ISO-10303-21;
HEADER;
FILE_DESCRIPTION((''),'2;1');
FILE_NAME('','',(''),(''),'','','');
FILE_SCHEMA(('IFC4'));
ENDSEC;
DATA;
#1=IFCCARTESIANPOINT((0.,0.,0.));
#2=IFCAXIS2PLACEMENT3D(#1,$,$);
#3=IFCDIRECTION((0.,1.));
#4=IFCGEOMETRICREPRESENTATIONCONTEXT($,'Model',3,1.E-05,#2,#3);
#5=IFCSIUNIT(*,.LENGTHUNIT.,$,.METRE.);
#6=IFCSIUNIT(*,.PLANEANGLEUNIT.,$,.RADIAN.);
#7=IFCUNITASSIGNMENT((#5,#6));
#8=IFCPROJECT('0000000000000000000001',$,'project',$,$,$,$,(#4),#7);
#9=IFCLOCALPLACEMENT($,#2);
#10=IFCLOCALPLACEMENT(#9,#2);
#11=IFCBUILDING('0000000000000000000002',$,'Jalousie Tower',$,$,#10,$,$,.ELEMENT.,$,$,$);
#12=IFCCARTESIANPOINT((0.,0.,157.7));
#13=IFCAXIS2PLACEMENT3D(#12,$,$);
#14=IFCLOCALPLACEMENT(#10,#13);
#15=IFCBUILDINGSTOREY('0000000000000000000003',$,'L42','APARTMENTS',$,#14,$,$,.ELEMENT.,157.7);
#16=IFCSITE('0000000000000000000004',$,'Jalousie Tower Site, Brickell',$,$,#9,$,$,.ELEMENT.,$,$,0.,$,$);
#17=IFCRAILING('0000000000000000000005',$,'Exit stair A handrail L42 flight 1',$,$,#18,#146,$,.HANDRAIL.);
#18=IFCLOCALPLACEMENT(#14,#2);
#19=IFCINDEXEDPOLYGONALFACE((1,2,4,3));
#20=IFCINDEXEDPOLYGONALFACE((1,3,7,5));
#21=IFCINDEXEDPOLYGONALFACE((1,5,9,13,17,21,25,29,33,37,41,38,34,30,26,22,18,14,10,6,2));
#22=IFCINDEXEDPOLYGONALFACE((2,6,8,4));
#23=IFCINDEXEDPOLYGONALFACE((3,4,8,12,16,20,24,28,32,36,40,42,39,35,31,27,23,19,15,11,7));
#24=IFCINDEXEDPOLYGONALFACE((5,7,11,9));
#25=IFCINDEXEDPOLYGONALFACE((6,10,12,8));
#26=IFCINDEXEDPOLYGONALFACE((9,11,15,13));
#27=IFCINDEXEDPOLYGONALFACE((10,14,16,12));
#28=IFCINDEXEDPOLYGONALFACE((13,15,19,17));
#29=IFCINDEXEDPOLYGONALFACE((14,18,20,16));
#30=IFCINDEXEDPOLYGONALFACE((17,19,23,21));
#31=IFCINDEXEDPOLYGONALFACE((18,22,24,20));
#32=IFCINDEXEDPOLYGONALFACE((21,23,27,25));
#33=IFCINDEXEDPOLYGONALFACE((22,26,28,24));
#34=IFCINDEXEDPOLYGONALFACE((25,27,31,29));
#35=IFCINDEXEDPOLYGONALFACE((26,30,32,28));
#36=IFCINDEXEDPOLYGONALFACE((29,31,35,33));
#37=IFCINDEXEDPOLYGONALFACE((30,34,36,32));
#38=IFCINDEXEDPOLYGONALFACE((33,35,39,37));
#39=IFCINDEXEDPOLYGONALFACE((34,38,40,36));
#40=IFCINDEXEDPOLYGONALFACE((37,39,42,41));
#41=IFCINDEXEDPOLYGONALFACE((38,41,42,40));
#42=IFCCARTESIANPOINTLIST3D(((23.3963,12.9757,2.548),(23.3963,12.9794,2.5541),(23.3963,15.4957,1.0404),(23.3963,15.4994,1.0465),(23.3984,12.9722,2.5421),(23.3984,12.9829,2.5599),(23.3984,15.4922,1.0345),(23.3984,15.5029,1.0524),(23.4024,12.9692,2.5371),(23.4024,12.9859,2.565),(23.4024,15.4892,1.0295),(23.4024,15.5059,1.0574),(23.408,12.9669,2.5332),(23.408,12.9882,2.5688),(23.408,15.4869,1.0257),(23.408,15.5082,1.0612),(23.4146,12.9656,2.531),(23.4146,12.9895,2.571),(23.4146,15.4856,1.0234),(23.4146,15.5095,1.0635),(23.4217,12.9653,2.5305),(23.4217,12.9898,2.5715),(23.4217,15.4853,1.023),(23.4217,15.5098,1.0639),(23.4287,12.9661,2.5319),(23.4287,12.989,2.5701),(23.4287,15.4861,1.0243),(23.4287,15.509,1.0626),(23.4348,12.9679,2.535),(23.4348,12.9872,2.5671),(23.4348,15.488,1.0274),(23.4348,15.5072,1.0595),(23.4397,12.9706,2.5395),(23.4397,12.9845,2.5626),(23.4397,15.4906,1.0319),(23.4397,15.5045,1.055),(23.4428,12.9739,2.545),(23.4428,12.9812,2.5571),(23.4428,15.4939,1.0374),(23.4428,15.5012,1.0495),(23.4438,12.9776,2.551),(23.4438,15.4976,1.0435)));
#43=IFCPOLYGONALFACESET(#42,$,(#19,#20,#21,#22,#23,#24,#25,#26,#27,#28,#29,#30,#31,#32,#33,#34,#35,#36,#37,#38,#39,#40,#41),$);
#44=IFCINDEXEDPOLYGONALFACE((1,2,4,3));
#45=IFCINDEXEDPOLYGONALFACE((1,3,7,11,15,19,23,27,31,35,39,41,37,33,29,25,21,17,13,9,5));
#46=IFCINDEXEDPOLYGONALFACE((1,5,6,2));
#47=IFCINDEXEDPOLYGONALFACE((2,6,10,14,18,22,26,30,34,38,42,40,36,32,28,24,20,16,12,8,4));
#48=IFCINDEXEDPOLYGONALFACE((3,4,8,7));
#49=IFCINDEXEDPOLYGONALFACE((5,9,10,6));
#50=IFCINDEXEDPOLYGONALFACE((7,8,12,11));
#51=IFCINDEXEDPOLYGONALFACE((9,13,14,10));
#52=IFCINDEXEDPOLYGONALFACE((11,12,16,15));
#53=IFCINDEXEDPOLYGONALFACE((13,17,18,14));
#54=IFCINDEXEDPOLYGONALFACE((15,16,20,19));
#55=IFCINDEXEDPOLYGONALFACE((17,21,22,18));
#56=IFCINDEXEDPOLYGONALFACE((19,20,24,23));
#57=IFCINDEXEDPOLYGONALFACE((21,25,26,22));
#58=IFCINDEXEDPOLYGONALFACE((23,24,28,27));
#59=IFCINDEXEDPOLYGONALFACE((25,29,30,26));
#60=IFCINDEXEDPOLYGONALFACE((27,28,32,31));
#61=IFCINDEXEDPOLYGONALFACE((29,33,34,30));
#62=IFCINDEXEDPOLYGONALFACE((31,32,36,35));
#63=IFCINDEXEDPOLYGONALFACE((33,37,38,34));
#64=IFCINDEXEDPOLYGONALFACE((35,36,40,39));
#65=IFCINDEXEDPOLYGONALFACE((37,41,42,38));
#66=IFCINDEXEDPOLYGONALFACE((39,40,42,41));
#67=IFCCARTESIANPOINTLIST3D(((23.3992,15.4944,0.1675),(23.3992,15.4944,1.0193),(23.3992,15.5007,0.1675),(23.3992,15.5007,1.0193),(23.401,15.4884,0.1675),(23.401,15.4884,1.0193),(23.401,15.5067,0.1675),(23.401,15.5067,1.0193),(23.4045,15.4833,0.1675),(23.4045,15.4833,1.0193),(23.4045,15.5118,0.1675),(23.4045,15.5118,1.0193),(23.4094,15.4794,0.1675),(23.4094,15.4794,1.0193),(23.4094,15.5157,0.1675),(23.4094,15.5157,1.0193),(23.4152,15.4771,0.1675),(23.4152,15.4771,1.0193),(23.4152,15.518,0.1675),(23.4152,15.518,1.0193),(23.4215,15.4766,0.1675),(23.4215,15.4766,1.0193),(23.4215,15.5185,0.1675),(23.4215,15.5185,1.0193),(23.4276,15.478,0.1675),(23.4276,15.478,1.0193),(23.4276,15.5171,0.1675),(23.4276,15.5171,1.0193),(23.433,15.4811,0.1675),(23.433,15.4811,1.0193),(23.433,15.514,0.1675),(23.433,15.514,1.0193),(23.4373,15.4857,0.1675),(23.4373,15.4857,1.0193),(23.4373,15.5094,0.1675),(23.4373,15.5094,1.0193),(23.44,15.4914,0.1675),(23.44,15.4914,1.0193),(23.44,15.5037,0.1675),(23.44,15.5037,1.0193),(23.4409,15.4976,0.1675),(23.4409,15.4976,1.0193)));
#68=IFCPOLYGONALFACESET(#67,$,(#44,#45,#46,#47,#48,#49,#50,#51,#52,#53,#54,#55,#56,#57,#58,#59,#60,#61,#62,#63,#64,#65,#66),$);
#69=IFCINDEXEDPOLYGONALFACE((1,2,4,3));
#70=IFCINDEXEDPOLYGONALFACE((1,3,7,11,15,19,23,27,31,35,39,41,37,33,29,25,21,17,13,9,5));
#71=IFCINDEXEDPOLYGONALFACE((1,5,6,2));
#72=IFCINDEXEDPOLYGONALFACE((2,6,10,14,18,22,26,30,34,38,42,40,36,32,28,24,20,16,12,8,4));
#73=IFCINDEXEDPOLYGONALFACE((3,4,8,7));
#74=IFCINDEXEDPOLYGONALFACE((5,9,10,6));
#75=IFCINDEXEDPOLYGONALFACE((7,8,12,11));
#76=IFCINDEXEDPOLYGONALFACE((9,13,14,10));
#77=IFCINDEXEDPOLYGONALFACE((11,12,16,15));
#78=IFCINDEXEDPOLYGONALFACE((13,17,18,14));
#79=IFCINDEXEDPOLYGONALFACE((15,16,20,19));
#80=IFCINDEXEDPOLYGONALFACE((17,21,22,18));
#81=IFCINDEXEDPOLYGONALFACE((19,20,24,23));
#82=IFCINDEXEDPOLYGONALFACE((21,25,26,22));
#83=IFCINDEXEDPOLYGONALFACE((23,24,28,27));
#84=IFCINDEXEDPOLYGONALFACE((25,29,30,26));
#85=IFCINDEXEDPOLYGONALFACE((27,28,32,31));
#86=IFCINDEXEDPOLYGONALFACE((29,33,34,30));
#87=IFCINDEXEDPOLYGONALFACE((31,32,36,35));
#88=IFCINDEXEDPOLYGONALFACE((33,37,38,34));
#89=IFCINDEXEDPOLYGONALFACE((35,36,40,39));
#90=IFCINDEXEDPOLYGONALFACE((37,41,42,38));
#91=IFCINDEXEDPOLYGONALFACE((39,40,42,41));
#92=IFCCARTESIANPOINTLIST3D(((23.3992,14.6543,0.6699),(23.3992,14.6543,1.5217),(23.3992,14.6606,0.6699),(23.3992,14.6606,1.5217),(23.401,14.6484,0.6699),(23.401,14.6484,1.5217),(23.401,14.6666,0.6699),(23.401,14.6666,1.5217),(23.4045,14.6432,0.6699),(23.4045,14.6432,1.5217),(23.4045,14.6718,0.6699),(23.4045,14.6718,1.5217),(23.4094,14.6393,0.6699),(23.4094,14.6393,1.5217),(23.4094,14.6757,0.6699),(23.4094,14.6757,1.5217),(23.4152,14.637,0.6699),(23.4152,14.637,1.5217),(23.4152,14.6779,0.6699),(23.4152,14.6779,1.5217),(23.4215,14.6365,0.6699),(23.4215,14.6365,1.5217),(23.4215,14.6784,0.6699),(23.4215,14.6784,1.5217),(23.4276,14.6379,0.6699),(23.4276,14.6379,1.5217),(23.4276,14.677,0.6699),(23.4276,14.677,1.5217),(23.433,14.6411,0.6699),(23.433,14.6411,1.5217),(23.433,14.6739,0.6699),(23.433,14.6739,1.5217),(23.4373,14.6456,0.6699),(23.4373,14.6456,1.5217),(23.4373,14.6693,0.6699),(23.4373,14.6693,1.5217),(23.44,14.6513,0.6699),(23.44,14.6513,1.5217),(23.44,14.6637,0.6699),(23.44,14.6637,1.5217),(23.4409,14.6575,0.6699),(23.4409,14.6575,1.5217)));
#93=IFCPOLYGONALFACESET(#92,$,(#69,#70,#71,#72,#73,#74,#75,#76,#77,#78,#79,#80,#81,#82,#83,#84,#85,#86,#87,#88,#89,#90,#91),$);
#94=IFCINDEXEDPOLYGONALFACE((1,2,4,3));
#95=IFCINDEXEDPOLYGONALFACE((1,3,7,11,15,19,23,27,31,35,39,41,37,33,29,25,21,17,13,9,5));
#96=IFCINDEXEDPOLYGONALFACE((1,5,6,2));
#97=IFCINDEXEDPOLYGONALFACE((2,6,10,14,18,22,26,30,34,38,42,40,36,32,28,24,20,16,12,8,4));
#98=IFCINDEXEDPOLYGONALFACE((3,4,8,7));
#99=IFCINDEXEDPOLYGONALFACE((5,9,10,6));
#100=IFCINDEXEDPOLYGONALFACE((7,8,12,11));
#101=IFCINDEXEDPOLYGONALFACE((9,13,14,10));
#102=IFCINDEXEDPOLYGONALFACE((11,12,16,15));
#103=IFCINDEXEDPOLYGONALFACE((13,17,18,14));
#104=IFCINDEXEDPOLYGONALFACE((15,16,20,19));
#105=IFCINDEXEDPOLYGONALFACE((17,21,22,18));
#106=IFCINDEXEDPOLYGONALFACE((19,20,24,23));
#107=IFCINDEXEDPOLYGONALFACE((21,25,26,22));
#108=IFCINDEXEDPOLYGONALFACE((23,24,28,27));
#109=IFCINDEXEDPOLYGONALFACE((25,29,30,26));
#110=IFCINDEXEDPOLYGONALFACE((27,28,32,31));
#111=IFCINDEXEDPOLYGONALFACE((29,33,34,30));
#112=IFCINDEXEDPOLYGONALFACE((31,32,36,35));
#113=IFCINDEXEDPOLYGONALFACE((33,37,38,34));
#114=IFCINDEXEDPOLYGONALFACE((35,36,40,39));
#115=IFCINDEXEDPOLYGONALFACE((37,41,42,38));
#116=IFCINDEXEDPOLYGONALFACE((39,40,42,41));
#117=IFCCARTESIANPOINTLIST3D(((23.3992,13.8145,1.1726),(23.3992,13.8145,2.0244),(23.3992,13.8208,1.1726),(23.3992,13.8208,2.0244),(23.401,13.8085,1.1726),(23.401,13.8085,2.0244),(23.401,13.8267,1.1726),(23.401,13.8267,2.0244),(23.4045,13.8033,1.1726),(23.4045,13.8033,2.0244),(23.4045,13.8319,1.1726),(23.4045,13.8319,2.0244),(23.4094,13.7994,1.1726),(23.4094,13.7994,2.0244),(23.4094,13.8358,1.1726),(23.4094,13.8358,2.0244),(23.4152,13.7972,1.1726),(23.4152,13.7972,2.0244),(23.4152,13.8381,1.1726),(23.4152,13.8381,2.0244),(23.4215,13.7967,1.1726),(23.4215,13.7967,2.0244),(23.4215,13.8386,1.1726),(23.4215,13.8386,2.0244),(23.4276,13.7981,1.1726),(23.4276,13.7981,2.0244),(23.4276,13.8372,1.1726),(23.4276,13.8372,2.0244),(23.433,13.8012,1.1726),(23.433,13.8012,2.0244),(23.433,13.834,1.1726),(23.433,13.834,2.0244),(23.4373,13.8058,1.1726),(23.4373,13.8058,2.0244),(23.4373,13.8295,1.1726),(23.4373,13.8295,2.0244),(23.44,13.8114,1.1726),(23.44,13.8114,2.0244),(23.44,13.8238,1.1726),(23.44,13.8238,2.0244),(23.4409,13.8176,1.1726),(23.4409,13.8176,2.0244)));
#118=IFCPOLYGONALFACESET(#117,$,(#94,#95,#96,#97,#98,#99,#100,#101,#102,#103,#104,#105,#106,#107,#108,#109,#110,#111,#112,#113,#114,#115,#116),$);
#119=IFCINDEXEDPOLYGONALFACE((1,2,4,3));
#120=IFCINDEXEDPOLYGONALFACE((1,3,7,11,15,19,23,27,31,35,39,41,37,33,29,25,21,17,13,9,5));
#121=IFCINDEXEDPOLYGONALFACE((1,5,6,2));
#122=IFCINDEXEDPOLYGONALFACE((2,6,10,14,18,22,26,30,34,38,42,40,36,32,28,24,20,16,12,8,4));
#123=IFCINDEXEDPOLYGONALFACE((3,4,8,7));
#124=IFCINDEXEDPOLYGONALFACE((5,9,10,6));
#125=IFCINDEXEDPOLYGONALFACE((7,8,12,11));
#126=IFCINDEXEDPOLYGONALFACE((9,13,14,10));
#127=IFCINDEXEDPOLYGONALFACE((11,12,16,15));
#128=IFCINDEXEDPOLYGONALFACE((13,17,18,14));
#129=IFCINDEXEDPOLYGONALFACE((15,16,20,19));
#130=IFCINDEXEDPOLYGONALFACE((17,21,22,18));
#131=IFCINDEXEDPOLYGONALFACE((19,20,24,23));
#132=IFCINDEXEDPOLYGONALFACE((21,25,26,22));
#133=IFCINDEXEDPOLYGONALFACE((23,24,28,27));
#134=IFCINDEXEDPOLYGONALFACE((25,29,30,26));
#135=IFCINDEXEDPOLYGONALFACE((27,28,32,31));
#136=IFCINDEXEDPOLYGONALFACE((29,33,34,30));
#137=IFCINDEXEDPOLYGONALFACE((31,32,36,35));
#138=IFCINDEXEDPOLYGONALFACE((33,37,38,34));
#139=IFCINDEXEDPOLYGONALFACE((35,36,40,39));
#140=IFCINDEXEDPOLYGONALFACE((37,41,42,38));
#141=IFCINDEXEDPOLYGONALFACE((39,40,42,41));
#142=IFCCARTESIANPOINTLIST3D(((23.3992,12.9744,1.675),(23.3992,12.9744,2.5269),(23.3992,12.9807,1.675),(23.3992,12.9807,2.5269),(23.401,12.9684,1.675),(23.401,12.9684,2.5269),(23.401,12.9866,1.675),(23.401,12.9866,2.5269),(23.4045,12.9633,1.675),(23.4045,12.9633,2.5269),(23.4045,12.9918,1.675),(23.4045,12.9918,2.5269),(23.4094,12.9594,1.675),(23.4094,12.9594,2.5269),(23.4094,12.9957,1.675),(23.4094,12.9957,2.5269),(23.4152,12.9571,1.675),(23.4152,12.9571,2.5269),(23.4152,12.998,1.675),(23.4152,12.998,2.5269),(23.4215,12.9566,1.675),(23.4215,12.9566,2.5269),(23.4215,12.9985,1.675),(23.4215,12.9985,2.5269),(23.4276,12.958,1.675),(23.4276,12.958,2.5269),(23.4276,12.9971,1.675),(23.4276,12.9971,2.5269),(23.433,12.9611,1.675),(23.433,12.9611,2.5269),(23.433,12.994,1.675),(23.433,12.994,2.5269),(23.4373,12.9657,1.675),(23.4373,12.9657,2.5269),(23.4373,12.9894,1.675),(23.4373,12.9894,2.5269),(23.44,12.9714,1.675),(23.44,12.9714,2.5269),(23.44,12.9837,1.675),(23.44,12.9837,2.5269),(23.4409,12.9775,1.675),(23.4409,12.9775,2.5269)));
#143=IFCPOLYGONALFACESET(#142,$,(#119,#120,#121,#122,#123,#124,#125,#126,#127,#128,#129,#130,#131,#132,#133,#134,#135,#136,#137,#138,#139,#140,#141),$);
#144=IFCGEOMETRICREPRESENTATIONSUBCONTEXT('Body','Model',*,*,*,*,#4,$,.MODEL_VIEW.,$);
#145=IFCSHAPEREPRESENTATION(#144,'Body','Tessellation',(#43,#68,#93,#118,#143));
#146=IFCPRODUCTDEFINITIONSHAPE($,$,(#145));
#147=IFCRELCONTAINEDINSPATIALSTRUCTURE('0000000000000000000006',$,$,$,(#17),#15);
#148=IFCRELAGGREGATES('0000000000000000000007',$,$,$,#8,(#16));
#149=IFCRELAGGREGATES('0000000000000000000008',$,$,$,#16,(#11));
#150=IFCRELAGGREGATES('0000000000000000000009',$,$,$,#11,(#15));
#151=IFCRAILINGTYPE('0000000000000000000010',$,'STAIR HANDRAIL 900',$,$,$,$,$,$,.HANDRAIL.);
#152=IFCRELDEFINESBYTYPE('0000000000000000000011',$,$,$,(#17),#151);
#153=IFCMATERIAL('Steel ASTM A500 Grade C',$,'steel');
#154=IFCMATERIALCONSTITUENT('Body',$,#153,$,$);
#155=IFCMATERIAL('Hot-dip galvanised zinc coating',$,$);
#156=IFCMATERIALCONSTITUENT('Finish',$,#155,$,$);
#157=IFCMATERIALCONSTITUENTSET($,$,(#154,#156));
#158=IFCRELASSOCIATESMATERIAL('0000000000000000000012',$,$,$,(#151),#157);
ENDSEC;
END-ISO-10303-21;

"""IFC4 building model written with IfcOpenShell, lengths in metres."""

from ifc_helpers import new_model, si_unit, direction, frame, origin, origin_2d, place, context, subcontext, project, spatial, circle, extrude, material, constituent, constituent_set, type_object, element, save


model = new_model("IFC4")

# Units and contexts
model_context = context("Model", 3, precision=1e-05, world=origin(), true_north=direction((0.0, 1.0)))
body_context = subcontext(model_context, "Body", "Model", "MODEL_VIEW")
ifc_project = project(units=[si_unit("LENGTHUNIT", "METRE"), si_unit("PLANEANGLEUNIT", "RADIAN")], contexts=[model_context])

# Site, building, storey
site_placement = place(None, origin())
site = spatial("IfcSite", under=ifc_project, at=site_placement, Name="Jalousie Tower Site, Brickell", CompositionType="ELEMENT", RefElevation=0.0)
building_placement = place(site_placement, origin())
building = spatial("IfcBuilding", under=site, at=building_placement, Name="Jalousie Tower", CompositionType="ELEMENT")
storey_placement = place(building_placement, frame((0.0, 0.0, 157.7)))
storey = spatial("IfcBuildingStorey", under=building, at=storey_placement, Name="L42", Description="APARTMENTS", CompositionType="ELEMENT", Elevation=157.7)

# Railing
ifc_material_1 = material(Name="Steel ASTM A500 Grade C", Category="steel")
ifc_constituent_1 = constituent(ifc_material_1, Name="Body")
ifc_material_2 = material(Name="Hot-dip galvanised zinc coating")
ifc_constituent_2 = constituent(ifc_material_2, Name="Finish")
ifc_constituent_set_1 = constituent_set(constituents=[ifc_constituent_1, ifc_constituent_2])
railing_type_1 = type_object("IfcRailingType", Name="STAIR HANDRAIL 900", PredefinedType="HANDRAIL", material=ifc_constituent_set_1)
railing_1_placement = place(storey_placement, frame((23.4199, 15.4976, 0.1675)))
element("IfcRailing", 1, at=railing_1_placement, inside=storey, type_object=railing_type_1, Name="Exit stair A handrail L42 flight 1", PredefinedType="HANDRAIL", context=body_context, shape_type="SweptSolid", body=[
    extrude(circle(Radius=0.0239, at=origin_2d()), frame((0.0, 0.0, 0.876), z_axis=(0.0, -0.85816, 0.513383), x_axis=(1.0, 0.0, 0.0)), (0.0, 0.0, 1.0), 2.9365),
    extrude(circle(Radius=0.021, at=origin_2d()), origin(), (0.0, 0.0, 1.0), 0.8518),
    extrude(circle(Radius=0.021, at=origin_2d()), frame((0.0, -0.8401, 0.5024)), (0.0, 0.0, 1.0), 0.8518),
    extrude(circle(Radius=0.021, at=origin_2d()), frame((0.0, -1.6799, 1.0051)), (0.0, 0.0, 1.0), 0.8518),
    extrude(circle(Radius=0.021, at=origin_2d()), frame((0.0, -2.52, 1.5076)), (0.0, 0.0, 1.0), 0.8518),
])

save(model, "model.ifc")
